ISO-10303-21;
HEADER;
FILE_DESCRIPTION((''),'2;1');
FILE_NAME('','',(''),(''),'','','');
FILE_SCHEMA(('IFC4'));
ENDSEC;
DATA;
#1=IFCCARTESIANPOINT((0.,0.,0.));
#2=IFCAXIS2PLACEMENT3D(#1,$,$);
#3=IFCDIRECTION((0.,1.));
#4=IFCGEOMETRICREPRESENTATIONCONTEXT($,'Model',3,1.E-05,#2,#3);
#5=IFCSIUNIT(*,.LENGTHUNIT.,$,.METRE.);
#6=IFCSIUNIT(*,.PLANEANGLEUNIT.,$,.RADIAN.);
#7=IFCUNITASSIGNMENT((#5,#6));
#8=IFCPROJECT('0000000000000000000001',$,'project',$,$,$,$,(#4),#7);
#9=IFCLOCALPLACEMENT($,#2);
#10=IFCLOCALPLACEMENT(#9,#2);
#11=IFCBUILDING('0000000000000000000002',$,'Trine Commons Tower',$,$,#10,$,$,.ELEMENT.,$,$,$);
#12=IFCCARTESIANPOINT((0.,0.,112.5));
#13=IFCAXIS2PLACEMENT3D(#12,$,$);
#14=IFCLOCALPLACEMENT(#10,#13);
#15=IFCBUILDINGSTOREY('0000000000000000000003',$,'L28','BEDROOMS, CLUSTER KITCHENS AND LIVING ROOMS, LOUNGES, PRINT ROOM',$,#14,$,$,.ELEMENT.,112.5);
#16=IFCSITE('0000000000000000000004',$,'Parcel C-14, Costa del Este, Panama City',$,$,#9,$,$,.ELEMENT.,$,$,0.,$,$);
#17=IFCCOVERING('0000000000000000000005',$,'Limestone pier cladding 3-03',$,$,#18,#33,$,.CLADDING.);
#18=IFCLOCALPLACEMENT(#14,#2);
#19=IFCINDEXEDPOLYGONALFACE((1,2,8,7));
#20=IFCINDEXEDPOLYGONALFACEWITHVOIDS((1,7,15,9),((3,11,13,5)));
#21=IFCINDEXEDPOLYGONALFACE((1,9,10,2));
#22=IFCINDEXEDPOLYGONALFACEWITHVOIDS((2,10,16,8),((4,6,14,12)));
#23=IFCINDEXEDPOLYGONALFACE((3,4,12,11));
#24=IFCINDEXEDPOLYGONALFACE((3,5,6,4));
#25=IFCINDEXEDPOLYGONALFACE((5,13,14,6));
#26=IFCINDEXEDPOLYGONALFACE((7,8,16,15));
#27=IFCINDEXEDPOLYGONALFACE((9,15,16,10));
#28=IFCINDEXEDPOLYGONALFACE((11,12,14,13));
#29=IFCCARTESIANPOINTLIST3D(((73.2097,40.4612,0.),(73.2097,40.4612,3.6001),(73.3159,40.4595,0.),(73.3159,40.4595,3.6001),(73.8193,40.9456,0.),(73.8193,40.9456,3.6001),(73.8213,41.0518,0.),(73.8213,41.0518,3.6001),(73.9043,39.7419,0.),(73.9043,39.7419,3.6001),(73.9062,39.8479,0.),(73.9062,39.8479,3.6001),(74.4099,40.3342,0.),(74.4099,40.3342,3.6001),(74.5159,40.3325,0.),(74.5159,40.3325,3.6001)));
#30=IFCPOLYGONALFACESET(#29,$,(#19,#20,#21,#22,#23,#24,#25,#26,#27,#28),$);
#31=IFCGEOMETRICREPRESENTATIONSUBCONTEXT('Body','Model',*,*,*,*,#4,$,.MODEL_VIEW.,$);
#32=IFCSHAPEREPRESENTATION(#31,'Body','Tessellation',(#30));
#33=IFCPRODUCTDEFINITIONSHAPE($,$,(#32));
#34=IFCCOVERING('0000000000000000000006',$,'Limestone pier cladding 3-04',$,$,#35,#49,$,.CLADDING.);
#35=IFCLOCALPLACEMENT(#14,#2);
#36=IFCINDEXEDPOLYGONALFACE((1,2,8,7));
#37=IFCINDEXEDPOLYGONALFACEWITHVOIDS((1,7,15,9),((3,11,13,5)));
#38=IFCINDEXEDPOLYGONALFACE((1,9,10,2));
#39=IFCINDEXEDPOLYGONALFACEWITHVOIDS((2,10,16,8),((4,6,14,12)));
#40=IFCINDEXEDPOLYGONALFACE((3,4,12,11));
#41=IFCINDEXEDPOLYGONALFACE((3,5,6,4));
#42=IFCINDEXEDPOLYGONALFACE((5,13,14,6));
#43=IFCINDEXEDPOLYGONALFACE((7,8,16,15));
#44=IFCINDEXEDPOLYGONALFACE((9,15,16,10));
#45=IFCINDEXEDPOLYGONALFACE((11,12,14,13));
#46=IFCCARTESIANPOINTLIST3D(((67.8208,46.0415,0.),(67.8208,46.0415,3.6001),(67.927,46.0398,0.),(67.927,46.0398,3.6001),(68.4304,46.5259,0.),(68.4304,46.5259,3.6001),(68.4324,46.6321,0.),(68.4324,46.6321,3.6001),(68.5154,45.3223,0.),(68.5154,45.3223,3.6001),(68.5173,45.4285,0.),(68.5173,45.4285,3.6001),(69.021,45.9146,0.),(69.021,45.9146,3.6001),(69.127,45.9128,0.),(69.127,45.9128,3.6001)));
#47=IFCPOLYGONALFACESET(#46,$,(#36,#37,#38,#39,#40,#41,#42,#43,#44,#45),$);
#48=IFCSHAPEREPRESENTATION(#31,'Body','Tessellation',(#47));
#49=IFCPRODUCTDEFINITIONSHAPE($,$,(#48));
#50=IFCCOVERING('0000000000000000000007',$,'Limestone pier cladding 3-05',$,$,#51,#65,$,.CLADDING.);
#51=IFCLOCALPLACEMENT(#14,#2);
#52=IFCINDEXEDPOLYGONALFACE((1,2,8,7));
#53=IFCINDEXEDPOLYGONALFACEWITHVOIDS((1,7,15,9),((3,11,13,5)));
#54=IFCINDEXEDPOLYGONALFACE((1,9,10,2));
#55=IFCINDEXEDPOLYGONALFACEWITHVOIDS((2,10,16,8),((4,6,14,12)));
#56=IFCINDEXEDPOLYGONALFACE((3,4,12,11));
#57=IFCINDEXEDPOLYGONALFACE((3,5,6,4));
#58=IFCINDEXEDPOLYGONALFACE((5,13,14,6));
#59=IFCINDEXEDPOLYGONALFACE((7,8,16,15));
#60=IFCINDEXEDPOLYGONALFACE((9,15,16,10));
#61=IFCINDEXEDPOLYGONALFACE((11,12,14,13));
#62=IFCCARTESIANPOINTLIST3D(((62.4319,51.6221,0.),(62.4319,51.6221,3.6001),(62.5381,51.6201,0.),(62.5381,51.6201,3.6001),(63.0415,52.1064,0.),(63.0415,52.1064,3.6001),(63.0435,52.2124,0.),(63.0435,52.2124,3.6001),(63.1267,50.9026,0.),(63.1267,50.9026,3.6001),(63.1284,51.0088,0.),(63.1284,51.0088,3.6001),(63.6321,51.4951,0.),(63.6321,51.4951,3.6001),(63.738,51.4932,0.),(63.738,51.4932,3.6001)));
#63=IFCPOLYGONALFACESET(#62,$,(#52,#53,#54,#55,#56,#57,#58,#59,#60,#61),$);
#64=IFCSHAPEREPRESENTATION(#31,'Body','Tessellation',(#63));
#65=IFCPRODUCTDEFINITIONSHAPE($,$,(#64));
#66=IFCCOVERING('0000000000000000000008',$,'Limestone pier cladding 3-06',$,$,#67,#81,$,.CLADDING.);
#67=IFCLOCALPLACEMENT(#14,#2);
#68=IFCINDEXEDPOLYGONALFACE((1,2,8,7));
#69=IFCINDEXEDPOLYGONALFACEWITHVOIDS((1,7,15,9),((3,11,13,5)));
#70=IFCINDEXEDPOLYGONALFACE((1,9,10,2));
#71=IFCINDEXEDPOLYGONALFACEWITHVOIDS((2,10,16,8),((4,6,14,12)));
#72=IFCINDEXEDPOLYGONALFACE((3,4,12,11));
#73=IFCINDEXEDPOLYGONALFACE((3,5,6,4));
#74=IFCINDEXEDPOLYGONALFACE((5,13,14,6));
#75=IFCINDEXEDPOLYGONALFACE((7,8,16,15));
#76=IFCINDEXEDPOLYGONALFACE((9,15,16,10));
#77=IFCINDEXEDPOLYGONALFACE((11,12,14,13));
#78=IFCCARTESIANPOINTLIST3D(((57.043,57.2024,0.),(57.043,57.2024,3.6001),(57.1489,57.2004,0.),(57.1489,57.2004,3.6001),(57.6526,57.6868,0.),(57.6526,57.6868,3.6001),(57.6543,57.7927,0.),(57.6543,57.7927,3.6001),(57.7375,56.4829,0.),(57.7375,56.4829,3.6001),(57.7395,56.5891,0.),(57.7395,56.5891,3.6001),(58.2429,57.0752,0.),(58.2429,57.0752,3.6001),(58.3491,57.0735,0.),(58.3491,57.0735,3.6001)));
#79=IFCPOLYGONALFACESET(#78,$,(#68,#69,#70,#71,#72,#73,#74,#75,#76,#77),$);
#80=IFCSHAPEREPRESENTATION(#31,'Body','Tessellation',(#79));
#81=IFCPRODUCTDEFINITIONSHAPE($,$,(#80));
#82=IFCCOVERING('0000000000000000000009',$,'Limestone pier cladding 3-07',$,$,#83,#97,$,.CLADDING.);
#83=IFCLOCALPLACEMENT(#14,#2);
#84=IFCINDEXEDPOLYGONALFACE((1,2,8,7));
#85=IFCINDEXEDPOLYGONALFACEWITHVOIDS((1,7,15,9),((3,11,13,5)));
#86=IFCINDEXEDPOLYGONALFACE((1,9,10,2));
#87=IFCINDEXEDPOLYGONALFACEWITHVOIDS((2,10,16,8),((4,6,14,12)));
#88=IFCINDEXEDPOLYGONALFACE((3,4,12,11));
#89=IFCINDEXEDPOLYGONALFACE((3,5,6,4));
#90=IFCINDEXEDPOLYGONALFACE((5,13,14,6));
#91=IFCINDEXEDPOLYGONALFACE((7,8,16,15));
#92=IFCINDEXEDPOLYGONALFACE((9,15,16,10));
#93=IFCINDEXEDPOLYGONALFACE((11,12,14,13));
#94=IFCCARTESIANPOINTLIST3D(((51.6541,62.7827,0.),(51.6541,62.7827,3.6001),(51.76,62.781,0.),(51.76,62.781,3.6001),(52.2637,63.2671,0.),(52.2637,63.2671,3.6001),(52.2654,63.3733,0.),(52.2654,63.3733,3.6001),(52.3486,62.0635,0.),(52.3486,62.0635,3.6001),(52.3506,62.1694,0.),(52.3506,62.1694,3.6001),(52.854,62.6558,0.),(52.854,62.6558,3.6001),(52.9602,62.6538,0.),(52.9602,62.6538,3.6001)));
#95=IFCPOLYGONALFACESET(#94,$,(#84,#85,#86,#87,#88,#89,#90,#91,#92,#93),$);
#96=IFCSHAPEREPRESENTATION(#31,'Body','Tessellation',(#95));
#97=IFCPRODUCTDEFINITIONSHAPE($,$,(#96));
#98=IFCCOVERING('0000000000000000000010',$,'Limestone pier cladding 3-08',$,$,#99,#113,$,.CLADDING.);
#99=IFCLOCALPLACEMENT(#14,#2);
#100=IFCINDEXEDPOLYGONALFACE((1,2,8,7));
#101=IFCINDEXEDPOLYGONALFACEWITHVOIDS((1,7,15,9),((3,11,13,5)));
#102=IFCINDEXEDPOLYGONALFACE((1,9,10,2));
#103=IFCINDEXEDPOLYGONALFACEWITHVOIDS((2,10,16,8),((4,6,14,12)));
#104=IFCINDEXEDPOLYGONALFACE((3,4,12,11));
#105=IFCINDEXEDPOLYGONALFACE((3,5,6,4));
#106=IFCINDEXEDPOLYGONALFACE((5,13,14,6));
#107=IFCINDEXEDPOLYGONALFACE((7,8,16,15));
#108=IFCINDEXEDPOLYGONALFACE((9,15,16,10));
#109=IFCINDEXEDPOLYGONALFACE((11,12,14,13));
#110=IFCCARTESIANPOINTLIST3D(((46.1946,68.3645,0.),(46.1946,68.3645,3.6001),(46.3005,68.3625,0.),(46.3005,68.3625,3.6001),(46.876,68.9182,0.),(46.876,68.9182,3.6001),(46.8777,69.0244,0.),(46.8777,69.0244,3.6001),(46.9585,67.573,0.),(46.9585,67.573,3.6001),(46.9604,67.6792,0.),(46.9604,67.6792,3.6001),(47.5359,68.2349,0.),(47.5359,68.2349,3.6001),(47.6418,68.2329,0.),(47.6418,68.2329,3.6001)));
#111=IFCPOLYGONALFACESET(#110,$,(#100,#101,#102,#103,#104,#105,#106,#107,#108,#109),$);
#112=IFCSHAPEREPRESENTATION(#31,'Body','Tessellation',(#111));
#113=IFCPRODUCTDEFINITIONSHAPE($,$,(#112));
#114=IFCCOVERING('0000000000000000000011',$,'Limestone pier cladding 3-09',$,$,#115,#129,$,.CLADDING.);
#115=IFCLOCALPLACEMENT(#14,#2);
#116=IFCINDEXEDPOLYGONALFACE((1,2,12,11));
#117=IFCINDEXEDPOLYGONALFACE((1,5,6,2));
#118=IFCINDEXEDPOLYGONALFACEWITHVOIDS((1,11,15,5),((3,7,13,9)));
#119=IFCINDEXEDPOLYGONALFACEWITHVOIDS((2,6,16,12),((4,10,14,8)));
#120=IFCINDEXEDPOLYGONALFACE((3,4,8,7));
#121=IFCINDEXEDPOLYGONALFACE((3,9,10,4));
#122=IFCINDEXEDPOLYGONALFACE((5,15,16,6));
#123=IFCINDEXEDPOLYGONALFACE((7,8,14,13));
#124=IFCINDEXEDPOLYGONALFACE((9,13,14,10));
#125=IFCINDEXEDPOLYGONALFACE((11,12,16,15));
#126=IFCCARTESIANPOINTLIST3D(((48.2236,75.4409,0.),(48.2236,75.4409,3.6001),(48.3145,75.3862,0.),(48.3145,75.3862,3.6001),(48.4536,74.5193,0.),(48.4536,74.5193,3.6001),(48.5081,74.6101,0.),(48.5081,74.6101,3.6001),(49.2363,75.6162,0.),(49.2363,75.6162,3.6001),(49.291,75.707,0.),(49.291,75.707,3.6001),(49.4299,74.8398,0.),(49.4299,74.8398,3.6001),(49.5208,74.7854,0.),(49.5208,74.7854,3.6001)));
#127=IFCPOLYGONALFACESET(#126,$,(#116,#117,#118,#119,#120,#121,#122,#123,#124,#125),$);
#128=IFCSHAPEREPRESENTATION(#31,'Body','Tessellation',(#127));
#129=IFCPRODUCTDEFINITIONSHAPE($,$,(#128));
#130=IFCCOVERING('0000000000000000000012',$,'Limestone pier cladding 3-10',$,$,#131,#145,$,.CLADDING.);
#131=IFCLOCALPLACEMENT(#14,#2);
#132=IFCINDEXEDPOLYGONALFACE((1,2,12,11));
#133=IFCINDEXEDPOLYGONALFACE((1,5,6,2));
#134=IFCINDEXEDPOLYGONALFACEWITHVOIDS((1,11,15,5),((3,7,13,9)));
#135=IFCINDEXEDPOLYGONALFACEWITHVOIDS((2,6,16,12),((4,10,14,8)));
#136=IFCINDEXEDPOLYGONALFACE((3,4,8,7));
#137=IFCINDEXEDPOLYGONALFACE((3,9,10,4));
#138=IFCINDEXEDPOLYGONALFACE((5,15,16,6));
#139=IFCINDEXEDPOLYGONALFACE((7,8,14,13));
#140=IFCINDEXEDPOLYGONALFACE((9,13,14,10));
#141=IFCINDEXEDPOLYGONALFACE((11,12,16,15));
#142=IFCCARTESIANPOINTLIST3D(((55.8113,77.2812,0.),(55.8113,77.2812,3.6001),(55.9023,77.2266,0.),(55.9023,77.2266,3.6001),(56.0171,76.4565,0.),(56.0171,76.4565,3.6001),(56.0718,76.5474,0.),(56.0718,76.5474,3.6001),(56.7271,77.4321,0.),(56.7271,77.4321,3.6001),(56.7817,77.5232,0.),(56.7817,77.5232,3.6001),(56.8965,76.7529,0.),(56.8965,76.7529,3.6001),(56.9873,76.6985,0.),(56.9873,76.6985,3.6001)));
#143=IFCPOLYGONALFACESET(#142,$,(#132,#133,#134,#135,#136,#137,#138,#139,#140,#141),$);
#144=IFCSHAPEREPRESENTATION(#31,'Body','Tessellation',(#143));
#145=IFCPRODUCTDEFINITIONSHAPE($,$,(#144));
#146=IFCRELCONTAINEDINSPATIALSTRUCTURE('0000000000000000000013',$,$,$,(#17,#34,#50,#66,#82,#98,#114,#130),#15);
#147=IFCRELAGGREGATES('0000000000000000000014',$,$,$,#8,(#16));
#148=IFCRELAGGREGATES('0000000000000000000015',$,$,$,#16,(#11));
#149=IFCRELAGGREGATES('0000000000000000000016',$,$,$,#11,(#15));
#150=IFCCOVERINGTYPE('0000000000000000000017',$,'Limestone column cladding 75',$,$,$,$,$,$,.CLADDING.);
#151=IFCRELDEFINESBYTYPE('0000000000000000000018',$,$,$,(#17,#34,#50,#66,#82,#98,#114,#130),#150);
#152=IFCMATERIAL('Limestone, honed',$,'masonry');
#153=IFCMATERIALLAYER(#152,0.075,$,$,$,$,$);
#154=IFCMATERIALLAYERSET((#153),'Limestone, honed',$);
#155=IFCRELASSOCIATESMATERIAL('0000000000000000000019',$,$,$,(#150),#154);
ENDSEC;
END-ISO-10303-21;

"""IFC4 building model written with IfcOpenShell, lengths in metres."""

from ifc_helpers import new_model, si_unit, direction, frame, origin, place, context, subcontext, project, spatial, polyline, outline, extrude, material, layer, layer_set, type_object, element, save


model = new_model("IFC4")

# Units and contexts
model_context = context("Model", 3, precision=1e-05, world=origin(), true_north=direction((0.0, 1.0)))
body_context = subcontext(model_context, "Body", "Model", "MODEL_VIEW")
ifc_project = project(units=[si_unit("LENGTHUNIT", "METRE"), si_unit("PLANEANGLEUNIT", "RADIAN")], contexts=[model_context])

# Site, building, storey
site_placement = place(None, origin())
site = spatial("IfcSite", under=ifc_project, at=site_placement, Name="Parcel C-14, Costa del Este, Panama City", CompositionType="ELEMENT", RefElevation=0.0)
building_placement = place(site_placement, origin())
building = spatial("IfcBuilding", under=site, at=building_placement, Name="Trine Commons Tower", CompositionType="ELEMENT")
storey_placement = place(building_placement, frame((0.0, 0.0, 112.5)))
storey = spatial("IfcBuildingStorey", under=building, at=storey_placement, Name="L28", Description="BEDROOMS, CLUSTER KITCHENS AND LIVING ROOMS, LOUNGES, PRINT ROOM", CompositionType="ELEMENT", Elevation=112.5)

# Coverings
ifc_material_1 = material(Name="Limestone, honed", Category="masonry")
ifc_layer_1 = layer(ifc_material_1, 0.075)
ifc_layer_set_1 = layer_set([ifc_layer_1], Name="Limestone, honed")
covering_type_1 = type_object("IfcCoveringType", Name="Limestone column cladding 75", PredefinedType="CLADDING", material=ifc_layer_set_1)
covering_1_placement = place(storey_placement, origin())
element("IfcCovering", 1, at=covering_1_placement, inside=storey, type_object=covering_type_1, Name="Limestone pier cladding 3-03", PredefinedType="CLADDING", context=body_context, shape_type="SweptSolid", body=[
    extrude(outline(polyline([(73.8213, 41.0518), (73.2097, 40.4612), (73.9043, 39.7419), (74.5159, 40.3325), (73.8213, 41.0518)]), holes=[polyline([(73.8193, 40.9456), (73.3159, 40.4595), (73.9062, 39.8479), (74.4099, 40.3342), (73.8193, 40.9456)])]), origin(), (0.0, 0.0, 1.0), 3.6001),
])
covering_2_placement = place(storey_placement, origin())
element("IfcCovering", 2, at=covering_2_placement, inside=storey, type_object=covering_type_1, Name="Limestone pier cladding 3-04", PredefinedType="CLADDING", context=body_context, shape_type="SweptSolid", body=[
    extrude(outline(polyline([(68.4324, 46.6321), (67.8208, 46.0415), (68.5154, 45.3223), (69.127, 45.9128), (68.4324, 46.6321)]), holes=[polyline([(68.4304, 46.5259), (67.927, 46.0398), (68.5173, 45.4285), (69.021, 45.9146), (68.4304, 46.5259)])]), origin(), (0.0, 0.0, 1.0), 3.6001),
])
covering_3_placement = place(storey_placement, origin())
element("IfcCovering", 3, at=covering_3_placement, inside=storey, type_object=covering_type_1, Name="Limestone pier cladding 3-05", PredefinedType="CLADDING", context=body_context, shape_type="SweptSolid", body=[
    extrude(outline(polyline([(63.0435, 52.2124), (62.4319, 51.6221), (63.1267, 50.9026), (63.738, 51.4932), (63.0435, 52.2124)]), holes=[polyline([(63.0415, 52.1064), (62.5381, 51.6201), (63.1284, 51.0088), (63.6321, 51.4951), (63.0415, 52.1064)])]), origin(), (0.0, 0.0, 1.0), 3.6001),
])
covering_4_placement = place(storey_placement, origin())
element("IfcCovering", 4, at=covering_4_placement, inside=storey, type_object=covering_type_1, Name="Limestone pier cladding 3-06", PredefinedType="CLADDING", context=body_context, shape_type="SweptSolid", body=[
    extrude(outline(polyline([(57.6543, 57.7927), (57.043, 57.2024), (57.7375, 56.4829), (58.3491, 57.0735), (57.6543, 57.7927)]), holes=[polyline([(57.6526, 57.6868), (57.1489, 57.2004), (57.7395, 56.5891), (58.2429, 57.0752), (57.6526, 57.6868)])]), origin(), (0.0, 0.0, 1.0), 3.6001),
])
covering_5_placement = place(storey_placement, origin())
element("IfcCovering", 5, at=covering_5_placement, inside=storey, type_object=covering_type_1, Name="Limestone pier cladding 3-07", PredefinedType="CLADDING", context=body_context, shape_type="SweptSolid", body=[
    extrude(outline(polyline([(52.2654, 63.3733), (51.6541, 62.7827), (52.3486, 62.0635), (52.9602, 62.6538), (52.2654, 63.3733)]), holes=[polyline([(52.2637, 63.2671), (51.76, 62.781), (52.3506, 62.1694), (52.854, 62.6558), (52.2637, 63.2671)])]), origin(), (0.0, 0.0, 1.0), 3.6001),
])
covering_6_placement = place(storey_placement, origin())
element("IfcCovering", 6, at=covering_6_placement, inside=storey, type_object=covering_type_1, Name="Limestone pier cladding 3-08", PredefinedType="CLADDING", context=body_context, shape_type="SweptSolid", body=[
    extrude(outline(polyline([(46.8777, 69.0244), (46.1946, 68.3645), (46.9585, 67.573), (47.6418, 68.2329), (46.8777, 69.0244)]), holes=[polyline([(46.876, 68.9182), (46.3005, 68.3625), (46.9604, 67.6792), (47.5359, 68.2349), (46.876, 68.9182)])]), origin(), (0.0, 0.0, 1.0), 3.6001),
])
covering_7_placement = place(storey_placement, origin())
element("IfcCovering", 7, at=covering_7_placement, inside=storey, type_object=covering_type_1, Name="Limestone pier cladding 3-09", PredefinedType="CLADDING", context=body_context, shape_type="SweptSolid", body=[
    extrude(outline(polyline([(49.5208, 74.7854), (49.291, 75.707), (48.2236, 75.4409), (48.4536, 74.5193), (49.5208, 74.7854)]), holes=[polyline([(49.4299, 74.8398), (49.2363, 75.6162), (48.3145, 75.3862), (48.5081, 74.6101), (49.4299, 74.8398)])]), origin(), (0.0, 0.0, 1.0), 3.6001),
])
covering_8_placement = place(storey_placement, origin())
element("IfcCovering", 8, at=covering_8_placement, inside=storey, type_object=covering_type_1, Name="Limestone pier cladding 3-10", PredefinedType="CLADDING", context=body_context, shape_type="SweptSolid", body=[
    extrude(outline(polyline([(56.9873, 76.6985), (56.7817, 77.5232), (55.8113, 77.2812), (56.0171, 76.4565), (56.9873, 76.6985)]), holes=[polyline([(56.8965, 76.7529), (56.7271, 77.4321), (55.9023, 77.2266), (56.0718, 76.5474), (56.8965, 76.7529)])]), origin(), (0.0, 0.0, 1.0), 3.6001),
])

save(model, "model.ifc")
